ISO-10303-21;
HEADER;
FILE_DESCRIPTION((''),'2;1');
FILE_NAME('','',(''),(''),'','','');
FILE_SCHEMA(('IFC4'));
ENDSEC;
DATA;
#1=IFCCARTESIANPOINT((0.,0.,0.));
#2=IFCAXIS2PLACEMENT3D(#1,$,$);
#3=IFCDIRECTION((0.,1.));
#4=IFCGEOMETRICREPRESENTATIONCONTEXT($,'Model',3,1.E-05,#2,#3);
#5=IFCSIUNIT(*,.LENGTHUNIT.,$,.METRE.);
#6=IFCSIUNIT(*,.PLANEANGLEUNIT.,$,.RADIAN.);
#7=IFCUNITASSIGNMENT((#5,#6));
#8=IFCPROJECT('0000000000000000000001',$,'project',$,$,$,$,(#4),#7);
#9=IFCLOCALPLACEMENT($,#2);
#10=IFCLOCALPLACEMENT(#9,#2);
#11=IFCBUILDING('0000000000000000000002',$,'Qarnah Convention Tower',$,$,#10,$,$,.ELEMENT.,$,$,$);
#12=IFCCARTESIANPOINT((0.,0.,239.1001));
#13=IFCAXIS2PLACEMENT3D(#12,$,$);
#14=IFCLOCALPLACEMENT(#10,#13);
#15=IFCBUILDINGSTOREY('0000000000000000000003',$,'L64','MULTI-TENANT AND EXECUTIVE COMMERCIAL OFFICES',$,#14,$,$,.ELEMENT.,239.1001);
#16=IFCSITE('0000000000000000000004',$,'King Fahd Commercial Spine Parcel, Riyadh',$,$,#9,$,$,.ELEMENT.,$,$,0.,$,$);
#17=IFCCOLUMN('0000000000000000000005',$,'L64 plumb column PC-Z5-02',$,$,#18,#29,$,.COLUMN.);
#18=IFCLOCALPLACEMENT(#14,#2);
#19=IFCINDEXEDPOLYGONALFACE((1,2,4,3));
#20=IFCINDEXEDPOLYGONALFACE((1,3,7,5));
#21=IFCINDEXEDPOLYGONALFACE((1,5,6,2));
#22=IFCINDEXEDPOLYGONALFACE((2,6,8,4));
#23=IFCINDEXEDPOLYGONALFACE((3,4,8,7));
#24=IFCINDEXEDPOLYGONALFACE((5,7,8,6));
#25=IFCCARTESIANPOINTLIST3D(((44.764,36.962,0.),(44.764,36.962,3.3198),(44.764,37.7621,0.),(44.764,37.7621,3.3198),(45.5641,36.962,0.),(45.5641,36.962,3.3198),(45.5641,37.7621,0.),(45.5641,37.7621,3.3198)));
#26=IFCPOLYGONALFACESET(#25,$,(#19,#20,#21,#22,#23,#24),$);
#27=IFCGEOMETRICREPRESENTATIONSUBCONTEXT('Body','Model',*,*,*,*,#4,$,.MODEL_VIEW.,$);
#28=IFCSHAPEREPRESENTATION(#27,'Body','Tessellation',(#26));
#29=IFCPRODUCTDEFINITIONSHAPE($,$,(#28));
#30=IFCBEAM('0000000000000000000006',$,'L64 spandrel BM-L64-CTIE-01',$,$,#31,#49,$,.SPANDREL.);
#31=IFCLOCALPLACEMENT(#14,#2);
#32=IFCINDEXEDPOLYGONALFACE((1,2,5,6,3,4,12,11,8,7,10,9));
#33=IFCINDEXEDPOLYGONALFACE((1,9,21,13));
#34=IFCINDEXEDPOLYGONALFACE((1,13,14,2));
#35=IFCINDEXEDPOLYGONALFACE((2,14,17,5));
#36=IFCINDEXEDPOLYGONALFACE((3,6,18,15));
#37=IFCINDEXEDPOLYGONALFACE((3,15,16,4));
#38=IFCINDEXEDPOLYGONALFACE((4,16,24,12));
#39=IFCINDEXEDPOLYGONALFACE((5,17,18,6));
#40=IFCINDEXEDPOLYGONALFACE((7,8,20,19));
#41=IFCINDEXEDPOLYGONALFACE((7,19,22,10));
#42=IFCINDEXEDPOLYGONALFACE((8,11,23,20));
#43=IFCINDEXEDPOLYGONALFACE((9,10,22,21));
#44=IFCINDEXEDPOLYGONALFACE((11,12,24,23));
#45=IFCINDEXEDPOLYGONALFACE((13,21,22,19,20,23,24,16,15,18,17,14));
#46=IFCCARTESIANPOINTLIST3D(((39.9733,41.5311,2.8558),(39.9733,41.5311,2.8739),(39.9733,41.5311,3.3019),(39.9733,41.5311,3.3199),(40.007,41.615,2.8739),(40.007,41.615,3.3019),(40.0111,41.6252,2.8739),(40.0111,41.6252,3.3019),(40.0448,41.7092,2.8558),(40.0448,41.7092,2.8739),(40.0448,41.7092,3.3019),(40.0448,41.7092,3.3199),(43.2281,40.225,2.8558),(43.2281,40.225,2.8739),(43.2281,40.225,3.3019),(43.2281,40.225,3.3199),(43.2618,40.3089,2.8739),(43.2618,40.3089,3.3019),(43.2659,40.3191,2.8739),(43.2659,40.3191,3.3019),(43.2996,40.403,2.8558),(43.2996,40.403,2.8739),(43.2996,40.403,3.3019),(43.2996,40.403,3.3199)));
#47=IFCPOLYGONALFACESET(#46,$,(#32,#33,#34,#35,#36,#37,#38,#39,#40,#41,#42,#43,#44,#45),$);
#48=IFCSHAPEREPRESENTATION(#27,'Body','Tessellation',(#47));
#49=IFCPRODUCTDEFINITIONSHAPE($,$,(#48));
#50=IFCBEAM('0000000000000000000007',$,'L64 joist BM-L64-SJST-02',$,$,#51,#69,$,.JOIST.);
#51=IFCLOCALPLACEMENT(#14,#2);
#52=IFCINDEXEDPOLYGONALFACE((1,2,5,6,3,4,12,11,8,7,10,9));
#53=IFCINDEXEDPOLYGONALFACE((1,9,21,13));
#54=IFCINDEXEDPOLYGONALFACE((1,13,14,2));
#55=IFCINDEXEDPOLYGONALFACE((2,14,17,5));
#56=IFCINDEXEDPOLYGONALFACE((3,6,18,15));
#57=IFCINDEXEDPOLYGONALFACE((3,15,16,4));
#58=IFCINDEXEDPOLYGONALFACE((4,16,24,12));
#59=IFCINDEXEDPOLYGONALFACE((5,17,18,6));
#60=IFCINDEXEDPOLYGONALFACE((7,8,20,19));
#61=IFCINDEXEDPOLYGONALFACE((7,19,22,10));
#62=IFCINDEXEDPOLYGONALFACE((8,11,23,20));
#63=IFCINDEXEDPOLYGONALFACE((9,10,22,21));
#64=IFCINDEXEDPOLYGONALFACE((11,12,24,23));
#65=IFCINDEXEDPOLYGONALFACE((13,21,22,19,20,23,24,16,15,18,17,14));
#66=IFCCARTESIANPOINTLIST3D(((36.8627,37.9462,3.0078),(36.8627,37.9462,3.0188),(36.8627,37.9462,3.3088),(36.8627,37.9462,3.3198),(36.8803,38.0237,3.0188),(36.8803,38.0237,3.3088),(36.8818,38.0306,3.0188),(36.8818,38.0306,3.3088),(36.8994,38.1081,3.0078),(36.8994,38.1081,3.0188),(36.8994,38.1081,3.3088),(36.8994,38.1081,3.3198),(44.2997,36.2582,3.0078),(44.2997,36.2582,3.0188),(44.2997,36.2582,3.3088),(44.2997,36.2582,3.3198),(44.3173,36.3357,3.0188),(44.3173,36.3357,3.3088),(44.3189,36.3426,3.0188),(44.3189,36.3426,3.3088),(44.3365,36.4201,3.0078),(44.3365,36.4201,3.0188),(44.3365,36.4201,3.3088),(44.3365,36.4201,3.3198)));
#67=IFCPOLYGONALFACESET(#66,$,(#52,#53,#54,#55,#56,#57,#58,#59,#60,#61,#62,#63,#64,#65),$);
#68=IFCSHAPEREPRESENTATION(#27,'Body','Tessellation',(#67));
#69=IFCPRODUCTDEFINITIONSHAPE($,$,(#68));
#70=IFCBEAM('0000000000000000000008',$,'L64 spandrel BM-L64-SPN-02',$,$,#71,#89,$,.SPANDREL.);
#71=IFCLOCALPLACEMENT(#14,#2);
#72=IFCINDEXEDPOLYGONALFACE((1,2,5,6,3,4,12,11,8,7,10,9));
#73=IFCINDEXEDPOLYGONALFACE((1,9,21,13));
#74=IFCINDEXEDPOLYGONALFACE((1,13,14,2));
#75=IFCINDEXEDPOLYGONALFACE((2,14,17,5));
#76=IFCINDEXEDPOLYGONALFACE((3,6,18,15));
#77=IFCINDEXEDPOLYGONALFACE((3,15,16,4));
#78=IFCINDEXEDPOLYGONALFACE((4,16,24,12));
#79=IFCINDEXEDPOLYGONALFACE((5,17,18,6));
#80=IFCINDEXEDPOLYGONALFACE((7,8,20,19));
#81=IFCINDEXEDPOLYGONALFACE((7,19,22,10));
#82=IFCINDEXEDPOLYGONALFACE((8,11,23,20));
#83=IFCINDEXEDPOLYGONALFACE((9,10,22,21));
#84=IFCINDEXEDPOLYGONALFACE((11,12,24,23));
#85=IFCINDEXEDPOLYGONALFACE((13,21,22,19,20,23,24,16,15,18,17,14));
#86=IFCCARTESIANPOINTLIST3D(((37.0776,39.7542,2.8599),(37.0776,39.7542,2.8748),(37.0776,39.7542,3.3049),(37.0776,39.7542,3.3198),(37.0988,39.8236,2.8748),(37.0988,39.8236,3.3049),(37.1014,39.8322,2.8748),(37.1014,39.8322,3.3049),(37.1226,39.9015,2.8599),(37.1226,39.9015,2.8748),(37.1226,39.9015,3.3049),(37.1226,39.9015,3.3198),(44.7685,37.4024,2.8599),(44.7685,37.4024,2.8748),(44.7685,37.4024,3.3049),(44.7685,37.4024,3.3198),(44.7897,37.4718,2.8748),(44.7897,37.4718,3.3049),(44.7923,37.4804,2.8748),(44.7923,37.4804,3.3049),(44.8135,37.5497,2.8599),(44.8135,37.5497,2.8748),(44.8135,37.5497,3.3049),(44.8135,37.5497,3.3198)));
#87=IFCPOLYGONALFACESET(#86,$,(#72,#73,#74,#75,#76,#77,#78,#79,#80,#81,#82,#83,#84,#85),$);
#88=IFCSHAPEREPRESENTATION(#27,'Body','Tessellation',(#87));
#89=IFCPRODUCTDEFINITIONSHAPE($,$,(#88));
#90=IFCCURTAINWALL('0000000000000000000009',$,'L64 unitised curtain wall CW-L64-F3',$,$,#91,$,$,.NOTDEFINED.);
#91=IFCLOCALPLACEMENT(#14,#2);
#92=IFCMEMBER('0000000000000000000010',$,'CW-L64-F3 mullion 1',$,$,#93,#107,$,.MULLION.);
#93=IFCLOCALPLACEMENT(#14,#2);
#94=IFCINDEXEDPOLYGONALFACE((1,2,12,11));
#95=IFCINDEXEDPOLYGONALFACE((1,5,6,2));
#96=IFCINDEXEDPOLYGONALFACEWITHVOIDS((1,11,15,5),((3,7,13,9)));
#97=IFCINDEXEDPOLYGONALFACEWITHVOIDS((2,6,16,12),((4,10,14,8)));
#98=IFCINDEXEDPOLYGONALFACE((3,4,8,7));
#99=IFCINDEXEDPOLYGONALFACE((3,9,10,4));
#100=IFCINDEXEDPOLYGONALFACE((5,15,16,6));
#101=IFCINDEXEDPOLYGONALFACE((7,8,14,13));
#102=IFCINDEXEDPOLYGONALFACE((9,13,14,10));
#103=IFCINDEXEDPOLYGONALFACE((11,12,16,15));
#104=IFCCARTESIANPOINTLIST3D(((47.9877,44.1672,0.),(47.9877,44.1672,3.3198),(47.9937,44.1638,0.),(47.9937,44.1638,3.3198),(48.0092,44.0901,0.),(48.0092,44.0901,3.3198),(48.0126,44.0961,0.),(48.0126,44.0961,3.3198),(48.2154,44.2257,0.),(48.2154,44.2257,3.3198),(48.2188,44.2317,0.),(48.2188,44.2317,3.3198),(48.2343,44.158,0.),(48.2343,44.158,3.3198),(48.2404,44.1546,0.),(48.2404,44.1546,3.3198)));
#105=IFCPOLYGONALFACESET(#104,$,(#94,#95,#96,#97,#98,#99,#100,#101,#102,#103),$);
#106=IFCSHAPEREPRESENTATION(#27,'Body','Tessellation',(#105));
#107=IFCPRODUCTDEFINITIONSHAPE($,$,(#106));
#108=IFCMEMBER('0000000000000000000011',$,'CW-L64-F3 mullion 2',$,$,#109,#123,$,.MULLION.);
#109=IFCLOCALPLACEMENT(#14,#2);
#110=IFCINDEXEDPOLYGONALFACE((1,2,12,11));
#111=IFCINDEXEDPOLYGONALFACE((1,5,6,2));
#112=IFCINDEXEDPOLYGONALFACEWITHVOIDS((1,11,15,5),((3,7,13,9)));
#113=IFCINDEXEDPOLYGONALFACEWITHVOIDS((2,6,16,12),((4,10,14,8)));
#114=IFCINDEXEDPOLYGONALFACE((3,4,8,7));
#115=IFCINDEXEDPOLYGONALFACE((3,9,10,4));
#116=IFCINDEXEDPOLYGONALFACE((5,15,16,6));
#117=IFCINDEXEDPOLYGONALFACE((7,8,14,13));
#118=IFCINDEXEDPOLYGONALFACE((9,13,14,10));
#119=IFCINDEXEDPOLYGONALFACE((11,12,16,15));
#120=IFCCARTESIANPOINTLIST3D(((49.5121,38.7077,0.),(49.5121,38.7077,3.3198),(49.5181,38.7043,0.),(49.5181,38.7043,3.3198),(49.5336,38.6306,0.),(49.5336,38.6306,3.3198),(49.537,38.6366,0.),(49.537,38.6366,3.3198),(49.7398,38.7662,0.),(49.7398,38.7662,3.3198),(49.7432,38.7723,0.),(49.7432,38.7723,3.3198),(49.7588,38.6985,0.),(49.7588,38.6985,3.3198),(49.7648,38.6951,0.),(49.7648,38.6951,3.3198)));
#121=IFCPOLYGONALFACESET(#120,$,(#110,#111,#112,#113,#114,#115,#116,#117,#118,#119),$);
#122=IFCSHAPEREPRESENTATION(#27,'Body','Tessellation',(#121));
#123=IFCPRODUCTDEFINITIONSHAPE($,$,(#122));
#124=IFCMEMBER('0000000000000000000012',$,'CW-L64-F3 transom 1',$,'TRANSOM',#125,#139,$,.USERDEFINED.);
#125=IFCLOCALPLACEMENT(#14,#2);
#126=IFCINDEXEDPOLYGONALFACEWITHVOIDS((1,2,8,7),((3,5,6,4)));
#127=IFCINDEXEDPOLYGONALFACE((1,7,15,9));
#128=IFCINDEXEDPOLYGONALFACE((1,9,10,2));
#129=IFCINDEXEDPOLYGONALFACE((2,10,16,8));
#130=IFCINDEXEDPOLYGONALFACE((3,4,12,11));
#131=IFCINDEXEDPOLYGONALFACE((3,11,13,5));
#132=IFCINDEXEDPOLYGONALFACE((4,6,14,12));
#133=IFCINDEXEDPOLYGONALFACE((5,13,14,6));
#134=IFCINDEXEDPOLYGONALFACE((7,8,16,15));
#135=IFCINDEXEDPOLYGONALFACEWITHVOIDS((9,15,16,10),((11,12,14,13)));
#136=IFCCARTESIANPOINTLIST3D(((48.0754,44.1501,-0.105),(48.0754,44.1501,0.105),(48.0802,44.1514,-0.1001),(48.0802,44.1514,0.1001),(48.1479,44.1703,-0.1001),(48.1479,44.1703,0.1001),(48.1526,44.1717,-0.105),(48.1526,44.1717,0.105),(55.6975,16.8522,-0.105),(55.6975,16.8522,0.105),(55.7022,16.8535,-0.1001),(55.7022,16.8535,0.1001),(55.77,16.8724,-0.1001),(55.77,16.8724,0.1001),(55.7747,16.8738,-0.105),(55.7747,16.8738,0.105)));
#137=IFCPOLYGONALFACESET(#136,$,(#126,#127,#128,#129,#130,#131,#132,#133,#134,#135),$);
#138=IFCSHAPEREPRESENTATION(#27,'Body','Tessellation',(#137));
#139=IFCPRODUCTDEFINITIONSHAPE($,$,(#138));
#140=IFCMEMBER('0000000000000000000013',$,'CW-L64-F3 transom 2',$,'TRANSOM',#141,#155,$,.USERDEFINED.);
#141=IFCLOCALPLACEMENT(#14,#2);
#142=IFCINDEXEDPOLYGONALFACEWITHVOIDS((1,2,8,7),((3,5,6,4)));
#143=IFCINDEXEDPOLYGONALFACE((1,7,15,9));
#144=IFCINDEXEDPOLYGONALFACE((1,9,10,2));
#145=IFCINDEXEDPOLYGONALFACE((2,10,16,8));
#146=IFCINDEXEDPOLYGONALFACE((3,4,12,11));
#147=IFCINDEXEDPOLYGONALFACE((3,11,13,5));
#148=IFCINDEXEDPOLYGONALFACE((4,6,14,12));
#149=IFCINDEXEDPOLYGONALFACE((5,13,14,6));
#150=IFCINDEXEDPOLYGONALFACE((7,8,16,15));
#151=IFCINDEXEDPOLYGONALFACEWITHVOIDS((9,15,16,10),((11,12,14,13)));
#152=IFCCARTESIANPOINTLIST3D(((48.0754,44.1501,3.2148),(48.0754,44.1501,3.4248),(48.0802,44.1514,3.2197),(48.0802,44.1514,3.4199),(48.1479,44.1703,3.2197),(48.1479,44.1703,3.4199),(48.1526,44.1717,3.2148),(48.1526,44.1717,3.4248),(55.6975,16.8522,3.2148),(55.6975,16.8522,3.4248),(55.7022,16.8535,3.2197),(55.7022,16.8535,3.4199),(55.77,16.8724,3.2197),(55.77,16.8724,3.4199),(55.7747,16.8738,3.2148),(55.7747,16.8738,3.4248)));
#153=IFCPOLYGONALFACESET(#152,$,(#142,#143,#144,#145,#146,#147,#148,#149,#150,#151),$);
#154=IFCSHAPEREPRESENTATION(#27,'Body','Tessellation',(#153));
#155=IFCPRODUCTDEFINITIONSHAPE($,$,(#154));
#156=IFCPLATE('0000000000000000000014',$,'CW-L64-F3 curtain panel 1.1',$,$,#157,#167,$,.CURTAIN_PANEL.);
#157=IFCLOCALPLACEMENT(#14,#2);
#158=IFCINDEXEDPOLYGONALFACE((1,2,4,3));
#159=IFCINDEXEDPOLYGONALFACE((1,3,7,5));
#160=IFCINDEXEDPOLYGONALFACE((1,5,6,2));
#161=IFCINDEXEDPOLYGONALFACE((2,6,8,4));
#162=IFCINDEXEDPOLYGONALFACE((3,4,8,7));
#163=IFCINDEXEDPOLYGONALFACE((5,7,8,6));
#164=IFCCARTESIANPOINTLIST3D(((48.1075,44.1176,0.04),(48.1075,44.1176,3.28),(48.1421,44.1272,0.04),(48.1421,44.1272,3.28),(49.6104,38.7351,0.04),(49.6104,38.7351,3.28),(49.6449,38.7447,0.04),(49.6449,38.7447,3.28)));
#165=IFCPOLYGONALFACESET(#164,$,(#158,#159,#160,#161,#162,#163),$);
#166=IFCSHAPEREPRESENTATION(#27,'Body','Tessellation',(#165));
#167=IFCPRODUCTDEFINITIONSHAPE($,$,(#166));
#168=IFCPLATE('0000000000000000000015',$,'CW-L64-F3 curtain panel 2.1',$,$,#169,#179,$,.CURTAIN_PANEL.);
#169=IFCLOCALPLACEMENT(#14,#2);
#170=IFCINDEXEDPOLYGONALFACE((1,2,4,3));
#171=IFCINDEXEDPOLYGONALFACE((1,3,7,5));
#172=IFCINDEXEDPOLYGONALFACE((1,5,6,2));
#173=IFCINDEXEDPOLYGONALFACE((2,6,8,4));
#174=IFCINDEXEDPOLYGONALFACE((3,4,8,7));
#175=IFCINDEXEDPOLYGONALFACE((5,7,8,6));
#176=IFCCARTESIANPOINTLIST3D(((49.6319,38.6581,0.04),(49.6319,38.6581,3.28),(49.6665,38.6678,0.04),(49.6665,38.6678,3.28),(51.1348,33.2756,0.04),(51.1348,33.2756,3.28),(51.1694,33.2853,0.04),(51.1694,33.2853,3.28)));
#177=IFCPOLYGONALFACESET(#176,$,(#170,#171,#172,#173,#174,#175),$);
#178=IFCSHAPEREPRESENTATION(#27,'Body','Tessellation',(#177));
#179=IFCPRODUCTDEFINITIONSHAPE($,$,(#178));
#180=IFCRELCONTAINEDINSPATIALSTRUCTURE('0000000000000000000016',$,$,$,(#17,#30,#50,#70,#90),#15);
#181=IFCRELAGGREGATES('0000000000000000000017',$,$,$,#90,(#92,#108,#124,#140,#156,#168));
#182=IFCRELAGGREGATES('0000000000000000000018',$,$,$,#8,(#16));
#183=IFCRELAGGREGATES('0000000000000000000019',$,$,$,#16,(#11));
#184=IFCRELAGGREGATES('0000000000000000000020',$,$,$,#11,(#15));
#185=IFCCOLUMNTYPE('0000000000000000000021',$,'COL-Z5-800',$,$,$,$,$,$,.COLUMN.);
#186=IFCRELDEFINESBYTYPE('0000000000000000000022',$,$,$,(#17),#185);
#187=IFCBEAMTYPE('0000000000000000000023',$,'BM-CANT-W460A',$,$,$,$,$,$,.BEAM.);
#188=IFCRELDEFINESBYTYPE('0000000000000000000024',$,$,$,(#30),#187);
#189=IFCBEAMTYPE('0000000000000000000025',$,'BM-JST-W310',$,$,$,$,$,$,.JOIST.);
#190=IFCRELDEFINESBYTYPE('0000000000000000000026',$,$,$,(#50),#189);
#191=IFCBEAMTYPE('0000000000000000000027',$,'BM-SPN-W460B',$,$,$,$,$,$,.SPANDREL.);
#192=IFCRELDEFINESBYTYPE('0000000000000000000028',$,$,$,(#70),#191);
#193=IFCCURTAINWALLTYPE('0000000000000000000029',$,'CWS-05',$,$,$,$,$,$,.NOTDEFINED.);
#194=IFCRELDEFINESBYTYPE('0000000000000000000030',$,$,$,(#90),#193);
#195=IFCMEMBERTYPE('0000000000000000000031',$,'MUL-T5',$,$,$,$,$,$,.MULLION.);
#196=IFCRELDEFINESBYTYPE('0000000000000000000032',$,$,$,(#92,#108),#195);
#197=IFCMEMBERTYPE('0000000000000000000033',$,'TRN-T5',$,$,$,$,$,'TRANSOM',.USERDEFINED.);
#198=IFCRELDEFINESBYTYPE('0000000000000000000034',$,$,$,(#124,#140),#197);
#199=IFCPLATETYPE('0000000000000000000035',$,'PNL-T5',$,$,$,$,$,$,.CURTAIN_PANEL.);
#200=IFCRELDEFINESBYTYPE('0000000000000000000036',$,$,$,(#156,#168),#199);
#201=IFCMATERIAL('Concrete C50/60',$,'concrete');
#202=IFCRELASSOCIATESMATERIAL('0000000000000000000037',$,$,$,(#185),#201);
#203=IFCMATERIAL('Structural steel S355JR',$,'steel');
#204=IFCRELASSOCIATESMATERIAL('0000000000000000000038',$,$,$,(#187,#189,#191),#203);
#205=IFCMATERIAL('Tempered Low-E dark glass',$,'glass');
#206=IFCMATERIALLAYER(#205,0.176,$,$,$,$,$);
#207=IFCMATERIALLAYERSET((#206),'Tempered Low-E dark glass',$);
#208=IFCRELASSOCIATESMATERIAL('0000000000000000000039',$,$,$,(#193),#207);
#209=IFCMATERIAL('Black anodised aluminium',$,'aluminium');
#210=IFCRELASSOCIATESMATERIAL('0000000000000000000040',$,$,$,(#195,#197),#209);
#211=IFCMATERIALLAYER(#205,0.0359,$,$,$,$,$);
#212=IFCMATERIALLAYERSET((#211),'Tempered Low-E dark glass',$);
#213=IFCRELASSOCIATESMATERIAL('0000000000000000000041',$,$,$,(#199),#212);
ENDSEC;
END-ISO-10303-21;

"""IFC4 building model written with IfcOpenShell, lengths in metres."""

from ifc_helpers import new_model, si_unit, direction, frame, origin, origin_2d, place, context, subcontext, project, spatial, rectangle, hollow_rectangle, i_section, extrude, material, layer, layer_set, material_profile, profile_set, type_object, element, aggregate, save


model = new_model("IFC4")

# Units and contexts
model_context = context("Model", 3, precision=1e-05, world=origin(), true_north=direction((0.0, 1.0)))
body_context = subcontext(model_context, "Body", "Model", "MODEL_VIEW")
ifc_project = project(units=[si_unit("LENGTHUNIT", "METRE"), si_unit("PLANEANGLEUNIT", "RADIAN")], contexts=[model_context])

# Site, building, storey
site_placement = place(None, origin())
site = spatial("IfcSite", under=ifc_project, at=site_placement, Name="King Fahd Commercial Spine Parcel, Riyadh", CompositionType="ELEMENT", RefElevation=0.0)
building_placement = place(site_placement, origin())
building = spatial("IfcBuilding", under=site, at=building_placement, Name="Qarnah Convention Tower", CompositionType="ELEMENT")
storey_placement = place(building_placement, frame((0.0, 0.0, 239.1001)))
storey = spatial("IfcBuildingStorey", under=building, at=storey_placement, Name="L64", Description="MULTI-TENANT AND EXECUTIVE COMMERCIAL OFFICES", CompositionType="ELEMENT", Elevation=239.1001)

# Column
ifc_material_1 = material(Name="Concrete C50/60", Category="concrete")
ifc_material_profile_1 = material_profile(ifc_material_1, rectangle(XDim=0.8, YDim=0.8, at=origin_2d()), Name="RC-COL-800X800")
ifc_profile_set_1 = profile_set([ifc_material_profile_1], Name="Concrete C50/60")
column_type = type_object("IfcColumnType", Name="COL-Z5-800", PredefinedType="COLUMN", material=ifc_profile_set_1)
column_placement = place(storey_placement, frame((45.1641, 37.3621, 0.0), z_axis=(0.0, 0.0, 1.0), x_axis=(1.0, 0.0, 0.0)))
element("IfcColumn", 1, at=column_placement, inside=storey, type_object=column_type, Name="L64 plumb column PC-Z5-02", PredefinedType="COLUMN", context=body_context, shape_type="SweptSolid", body=[
    extrude(rectangle(XDim=0.8, YDim=0.8, at=origin_2d()), origin(), (0.0, 0.0, 1.0), 3.3198),
])

# Beams
ifc_material_2 = material(Name="Structural steel S355JR", Category="steel")
ifc_material_profile_2 = material_profile(ifc_material_2, i_section(OverallWidth=0.1919, OverallDepth=0.4641, WebThickness=0.011, FlangeThickness=0.0181, at=origin_2d()), Name="W460X89")
ifc_profile_set_2 = profile_set([ifc_material_profile_2], Name="Structural steel S355JR")
beam_type_1 = type_object("IfcBeamType", Name="BM-CANT-W460A", PredefinedType="BEAM", material=ifc_profile_set_2)
beam_1_placement = place(storey_placement, frame((40.009, 41.6201, 3.0879), z_axis=(0.928063, -0.372423, 0.0), x_axis=(0.372423, 0.928063, 0.0)))
element("IfcBeam", 2, at=beam_1_placement, inside=storey, type_object=beam_type_1, Name="L64 spandrel BM-L64-CTIE-01", PredefinedType="SPANDREL", context=body_context, shape_type="SweptSolid", body=[
    extrude(i_section(OverallWidth=0.1919, OverallDepth=0.4641, WebThickness=0.011, FlangeThickness=0.0181, at=origin_2d()), origin(), (0.0, 0.0, 1.0), 3.5071),
])
ifc_material_profile_3 = material_profile(ifc_material_2, i_section(OverallWidth=0.166, OverallDepth=0.312, WebThickness=0.0071, FlangeThickness=0.011, at=origin_2d()), Name="W310X45")
ifc_profile_set_3 = profile_set([ifc_material_profile_3], Name="Structural steel S355JR")
beam_type_2 = type_object("IfcBeamType", Name="BM-JST-W310", PredefinedType="JOIST", material=ifc_profile_set_3)
beam_2_placement = place(storey_placement, frame((44.3181, 36.3391, 3.1638), z_axis=(-0.975196, 0.221342, 0.0), x_axis=(-0.221342, -0.975196, 0.0)))
element("IfcBeam", 3, at=beam_2_placement, inside=storey, type_object=beam_type_2, Name="L64 joist BM-L64-SJST-02", PredefinedType="JOIST", context=body_context, shape_type="SweptSolid", body=[
    extrude(i_section(OverallWidth=0.166, OverallDepth=0.312, WebThickness=0.0071, FlangeThickness=0.011, at=origin_2d()), origin(), (0.0, 0.0, 1.0), 7.6262),
])
ifc_material_profile_4 = material_profile(ifc_material_2, i_section(OverallWidth=0.1541, OverallDepth=0.46, WebThickness=0.009, FlangeThickness=0.0149, at=origin_2d()), Name="W460X68")
ifc_profile_set_4 = profile_set([ifc_material_profile_4], Name="Structural steel S355JR")
beam_type_3 = type_object("IfcBeamType", Name="BM-SPN-W460B", PredefinedType="SPANDREL", material=ifc_profile_set_4)
beam_3_placement = place(storey_placement, frame((44.791, 37.4761, 3.0898), z_axis=(-0.956289, 0.292424, 0.0), x_axis=(-0.292424, -0.956289, 0.0)))
element("IfcBeam", 4, at=beam_3_placement, inside=storey, type_object=beam_type_3, Name="L64 spandrel BM-L64-SPN-02", PredefinedType="SPANDREL", context=body_context, shape_type="SweptSolid", body=[
    extrude(i_section(OverallWidth=0.1541, OverallDepth=0.46, WebThickness=0.009, FlangeThickness=0.0149, at=origin_2d()), origin(), (0.0, 0.0, 1.0), 8.0425),
])

# Curtain wall, members, plates
ifc_material_3 = material(Name="Tempered Low-E dark glass", Category="glass")
ifc_layer_1 = layer(ifc_material_3, 0.176)
ifc_layer_set_1 = layer_set([ifc_layer_1], Name="Tempered Low-E dark glass")
curtain_wall_type = type_object("IfcCurtainWallType", Name="CWS-05", PredefinedType="NOTDEFINED", material=ifc_layer_set_1)
curtain_wall_placement = place(storey_placement, origin())
curtain_wall = element("IfcCurtainWall", 5, at=curtain_wall_placement, inside=storey, type_object=curtain_wall_type, Name="L64 unitised curtain wall CW-L64-F3", PredefinedType="NOTDEFINED")
ifc_material_4 = material(Name="Black anodised aluminium", Category="aluminium")
ifc_material_profile_5 = material_profile(ifc_material_4, hollow_rectangle(XDim=0.0801, YDim=0.24, WallThickness=0.0049, at=origin_2d()), Name="MUL-80X240")
ifc_profile_set_5 = profile_set([ifc_material_profile_5], Name="Black anodised aluminium")
member_type_1 = type_object("IfcMemberType", Name="MUL-T5", PredefinedType="MULLION", material=ifc_profile_set_5)
member_1_placement = place(storey_placement, frame((48.114, 44.1609, 0.0), z_axis=(0.0, 0.0, 1.0), x_axis=(0.268928, -0.96316, 0.0)))
member_1 = element("IfcMember", 6, at=member_1_placement, type_object=member_type_1, Name="CW-L64-F3 mullion 1", PredefinedType="MULLION", context=body_context, shape_type="SweptSolid", body=[
    extrude(hollow_rectangle(XDim=0.0801, YDim=0.24, WallThickness=0.0049, at=origin_2d()), origin(), (0.0, 0.0, 1.0), 3.3198),
])
member_2_placement = place(storey_placement, frame((49.6384, 38.7014, 0.0), z_axis=(0.0, 0.0, 1.0), x_axis=(0.268928, -0.96316, 0.0)))
member_2 = element("IfcMember", 7, at=member_2_placement, type_object=member_type_1, Name="CW-L64-F3 mullion 2", PredefinedType="MULLION", context=body_context, shape_type="SweptSolid", body=[
    extrude(hollow_rectangle(XDim=0.0801, YDim=0.24, WallThickness=0.0049, at=origin_2d()), origin(), (0.0, 0.0, 1.0), 3.3198),
])
ifc_material_profile_6 = material_profile(ifc_material_4, hollow_rectangle(XDim=0.0801, YDim=0.21, WallThickness=0.0049, at=origin_2d()), Name="TRN-80X210")
ifc_profile_set_6 = profile_set([ifc_material_profile_6], Name="Black anodised aluminium")
member_type_2 = type_object("IfcMemberType", Name="TRN-T5", ElementType="TRANSOM", PredefinedType="USERDEFINED", material=ifc_profile_set_6)
member_3_placement = place(storey_placement, frame((48.114, 44.1609, 0.0), z_axis=(0.268932, -0.963159, 0.0), x_axis=(0.963159, 0.268932, 0.0)))
member_3 = element("IfcMember", 8, at=member_3_placement, type_object=member_type_2, Name="CW-L64-F3 transom 1", ObjectType="TRANSOM", PredefinedType="USERDEFINED", context=body_context, shape_type="SweptSolid", body=[
    extrude(hollow_rectangle(XDim=0.0801, YDim=0.21, WallThickness=0.0049, at=origin_2d()), origin(), (0.0, 0.0, 1.0), 28.342),
])
member_4_placement = place(storey_placement, frame((48.114, 44.1609, 3.3198), z_axis=(0.268932, -0.963159, 0.0), x_axis=(0.963159, 0.268932, 0.0)))
member_4 = element("IfcMember", 9, at=member_4_placement, type_object=member_type_2, Name="CW-L64-F3 transom 2", ObjectType="TRANSOM", PredefinedType="USERDEFINED", context=body_context, shape_type="SweptSolid", body=[
    extrude(hollow_rectangle(XDim=0.0801, YDim=0.21, WallThickness=0.0049, at=origin_2d()), origin(), (0.0, 0.0, 1.0), 28.342),
])
ifc_layer_2 = layer(ifc_material_3, 0.0359)
ifc_layer_set_2 = layer_set([ifc_layer_2], Name="Tempered Low-E dark glass")
plate_type_1 = type_object("IfcPlateType", Name="PNL-T5", PredefinedType="CURTAIN_PANEL", material=ifc_layer_set_2)
plate_1_placement = place(storey_placement, frame((48.8762, 41.4312, 0.04), z_axis=(0.0, 0.0, 1.0), x_axis=(0.268928, -0.96316, 0.0)))
plate_1 = element("IfcPlate", 10, at=plate_1_placement, type_object=plate_type_1, Name="CW-L64-F3 curtain panel 1.1", PredefinedType="CURTAIN_PANEL", context=body_context, shape_type="SweptSolid", body=[
    extrude(rectangle(XDim=5.5884, YDim=0.0359, at=origin_2d()), origin(), (0.0, 0.0, 1.0), 3.24),
])
plate_2_placement = place(storey_placement, frame((50.4006, 35.9717, 0.04), z_axis=(0.0, 0.0, 1.0), x_axis=(0.268928, -0.96316, 0.0)))
plate_2 = element("IfcPlate", 11, at=plate_2_placement, type_object=plate_type_1, Name="CW-L64-F3 curtain panel 2.1", PredefinedType="CURTAIN_PANEL", context=body_context, shape_type="SweptSolid", body=[
    extrude(rectangle(XDim=5.5884, YDim=0.0359, at=origin_2d()), origin(), (0.0, 0.0, 1.0), 3.24),
])
aggregate(curtain_wall, [member_1, member_2, member_3, member_4, plate_1, plate_2])

save(model, "model.ifc")
